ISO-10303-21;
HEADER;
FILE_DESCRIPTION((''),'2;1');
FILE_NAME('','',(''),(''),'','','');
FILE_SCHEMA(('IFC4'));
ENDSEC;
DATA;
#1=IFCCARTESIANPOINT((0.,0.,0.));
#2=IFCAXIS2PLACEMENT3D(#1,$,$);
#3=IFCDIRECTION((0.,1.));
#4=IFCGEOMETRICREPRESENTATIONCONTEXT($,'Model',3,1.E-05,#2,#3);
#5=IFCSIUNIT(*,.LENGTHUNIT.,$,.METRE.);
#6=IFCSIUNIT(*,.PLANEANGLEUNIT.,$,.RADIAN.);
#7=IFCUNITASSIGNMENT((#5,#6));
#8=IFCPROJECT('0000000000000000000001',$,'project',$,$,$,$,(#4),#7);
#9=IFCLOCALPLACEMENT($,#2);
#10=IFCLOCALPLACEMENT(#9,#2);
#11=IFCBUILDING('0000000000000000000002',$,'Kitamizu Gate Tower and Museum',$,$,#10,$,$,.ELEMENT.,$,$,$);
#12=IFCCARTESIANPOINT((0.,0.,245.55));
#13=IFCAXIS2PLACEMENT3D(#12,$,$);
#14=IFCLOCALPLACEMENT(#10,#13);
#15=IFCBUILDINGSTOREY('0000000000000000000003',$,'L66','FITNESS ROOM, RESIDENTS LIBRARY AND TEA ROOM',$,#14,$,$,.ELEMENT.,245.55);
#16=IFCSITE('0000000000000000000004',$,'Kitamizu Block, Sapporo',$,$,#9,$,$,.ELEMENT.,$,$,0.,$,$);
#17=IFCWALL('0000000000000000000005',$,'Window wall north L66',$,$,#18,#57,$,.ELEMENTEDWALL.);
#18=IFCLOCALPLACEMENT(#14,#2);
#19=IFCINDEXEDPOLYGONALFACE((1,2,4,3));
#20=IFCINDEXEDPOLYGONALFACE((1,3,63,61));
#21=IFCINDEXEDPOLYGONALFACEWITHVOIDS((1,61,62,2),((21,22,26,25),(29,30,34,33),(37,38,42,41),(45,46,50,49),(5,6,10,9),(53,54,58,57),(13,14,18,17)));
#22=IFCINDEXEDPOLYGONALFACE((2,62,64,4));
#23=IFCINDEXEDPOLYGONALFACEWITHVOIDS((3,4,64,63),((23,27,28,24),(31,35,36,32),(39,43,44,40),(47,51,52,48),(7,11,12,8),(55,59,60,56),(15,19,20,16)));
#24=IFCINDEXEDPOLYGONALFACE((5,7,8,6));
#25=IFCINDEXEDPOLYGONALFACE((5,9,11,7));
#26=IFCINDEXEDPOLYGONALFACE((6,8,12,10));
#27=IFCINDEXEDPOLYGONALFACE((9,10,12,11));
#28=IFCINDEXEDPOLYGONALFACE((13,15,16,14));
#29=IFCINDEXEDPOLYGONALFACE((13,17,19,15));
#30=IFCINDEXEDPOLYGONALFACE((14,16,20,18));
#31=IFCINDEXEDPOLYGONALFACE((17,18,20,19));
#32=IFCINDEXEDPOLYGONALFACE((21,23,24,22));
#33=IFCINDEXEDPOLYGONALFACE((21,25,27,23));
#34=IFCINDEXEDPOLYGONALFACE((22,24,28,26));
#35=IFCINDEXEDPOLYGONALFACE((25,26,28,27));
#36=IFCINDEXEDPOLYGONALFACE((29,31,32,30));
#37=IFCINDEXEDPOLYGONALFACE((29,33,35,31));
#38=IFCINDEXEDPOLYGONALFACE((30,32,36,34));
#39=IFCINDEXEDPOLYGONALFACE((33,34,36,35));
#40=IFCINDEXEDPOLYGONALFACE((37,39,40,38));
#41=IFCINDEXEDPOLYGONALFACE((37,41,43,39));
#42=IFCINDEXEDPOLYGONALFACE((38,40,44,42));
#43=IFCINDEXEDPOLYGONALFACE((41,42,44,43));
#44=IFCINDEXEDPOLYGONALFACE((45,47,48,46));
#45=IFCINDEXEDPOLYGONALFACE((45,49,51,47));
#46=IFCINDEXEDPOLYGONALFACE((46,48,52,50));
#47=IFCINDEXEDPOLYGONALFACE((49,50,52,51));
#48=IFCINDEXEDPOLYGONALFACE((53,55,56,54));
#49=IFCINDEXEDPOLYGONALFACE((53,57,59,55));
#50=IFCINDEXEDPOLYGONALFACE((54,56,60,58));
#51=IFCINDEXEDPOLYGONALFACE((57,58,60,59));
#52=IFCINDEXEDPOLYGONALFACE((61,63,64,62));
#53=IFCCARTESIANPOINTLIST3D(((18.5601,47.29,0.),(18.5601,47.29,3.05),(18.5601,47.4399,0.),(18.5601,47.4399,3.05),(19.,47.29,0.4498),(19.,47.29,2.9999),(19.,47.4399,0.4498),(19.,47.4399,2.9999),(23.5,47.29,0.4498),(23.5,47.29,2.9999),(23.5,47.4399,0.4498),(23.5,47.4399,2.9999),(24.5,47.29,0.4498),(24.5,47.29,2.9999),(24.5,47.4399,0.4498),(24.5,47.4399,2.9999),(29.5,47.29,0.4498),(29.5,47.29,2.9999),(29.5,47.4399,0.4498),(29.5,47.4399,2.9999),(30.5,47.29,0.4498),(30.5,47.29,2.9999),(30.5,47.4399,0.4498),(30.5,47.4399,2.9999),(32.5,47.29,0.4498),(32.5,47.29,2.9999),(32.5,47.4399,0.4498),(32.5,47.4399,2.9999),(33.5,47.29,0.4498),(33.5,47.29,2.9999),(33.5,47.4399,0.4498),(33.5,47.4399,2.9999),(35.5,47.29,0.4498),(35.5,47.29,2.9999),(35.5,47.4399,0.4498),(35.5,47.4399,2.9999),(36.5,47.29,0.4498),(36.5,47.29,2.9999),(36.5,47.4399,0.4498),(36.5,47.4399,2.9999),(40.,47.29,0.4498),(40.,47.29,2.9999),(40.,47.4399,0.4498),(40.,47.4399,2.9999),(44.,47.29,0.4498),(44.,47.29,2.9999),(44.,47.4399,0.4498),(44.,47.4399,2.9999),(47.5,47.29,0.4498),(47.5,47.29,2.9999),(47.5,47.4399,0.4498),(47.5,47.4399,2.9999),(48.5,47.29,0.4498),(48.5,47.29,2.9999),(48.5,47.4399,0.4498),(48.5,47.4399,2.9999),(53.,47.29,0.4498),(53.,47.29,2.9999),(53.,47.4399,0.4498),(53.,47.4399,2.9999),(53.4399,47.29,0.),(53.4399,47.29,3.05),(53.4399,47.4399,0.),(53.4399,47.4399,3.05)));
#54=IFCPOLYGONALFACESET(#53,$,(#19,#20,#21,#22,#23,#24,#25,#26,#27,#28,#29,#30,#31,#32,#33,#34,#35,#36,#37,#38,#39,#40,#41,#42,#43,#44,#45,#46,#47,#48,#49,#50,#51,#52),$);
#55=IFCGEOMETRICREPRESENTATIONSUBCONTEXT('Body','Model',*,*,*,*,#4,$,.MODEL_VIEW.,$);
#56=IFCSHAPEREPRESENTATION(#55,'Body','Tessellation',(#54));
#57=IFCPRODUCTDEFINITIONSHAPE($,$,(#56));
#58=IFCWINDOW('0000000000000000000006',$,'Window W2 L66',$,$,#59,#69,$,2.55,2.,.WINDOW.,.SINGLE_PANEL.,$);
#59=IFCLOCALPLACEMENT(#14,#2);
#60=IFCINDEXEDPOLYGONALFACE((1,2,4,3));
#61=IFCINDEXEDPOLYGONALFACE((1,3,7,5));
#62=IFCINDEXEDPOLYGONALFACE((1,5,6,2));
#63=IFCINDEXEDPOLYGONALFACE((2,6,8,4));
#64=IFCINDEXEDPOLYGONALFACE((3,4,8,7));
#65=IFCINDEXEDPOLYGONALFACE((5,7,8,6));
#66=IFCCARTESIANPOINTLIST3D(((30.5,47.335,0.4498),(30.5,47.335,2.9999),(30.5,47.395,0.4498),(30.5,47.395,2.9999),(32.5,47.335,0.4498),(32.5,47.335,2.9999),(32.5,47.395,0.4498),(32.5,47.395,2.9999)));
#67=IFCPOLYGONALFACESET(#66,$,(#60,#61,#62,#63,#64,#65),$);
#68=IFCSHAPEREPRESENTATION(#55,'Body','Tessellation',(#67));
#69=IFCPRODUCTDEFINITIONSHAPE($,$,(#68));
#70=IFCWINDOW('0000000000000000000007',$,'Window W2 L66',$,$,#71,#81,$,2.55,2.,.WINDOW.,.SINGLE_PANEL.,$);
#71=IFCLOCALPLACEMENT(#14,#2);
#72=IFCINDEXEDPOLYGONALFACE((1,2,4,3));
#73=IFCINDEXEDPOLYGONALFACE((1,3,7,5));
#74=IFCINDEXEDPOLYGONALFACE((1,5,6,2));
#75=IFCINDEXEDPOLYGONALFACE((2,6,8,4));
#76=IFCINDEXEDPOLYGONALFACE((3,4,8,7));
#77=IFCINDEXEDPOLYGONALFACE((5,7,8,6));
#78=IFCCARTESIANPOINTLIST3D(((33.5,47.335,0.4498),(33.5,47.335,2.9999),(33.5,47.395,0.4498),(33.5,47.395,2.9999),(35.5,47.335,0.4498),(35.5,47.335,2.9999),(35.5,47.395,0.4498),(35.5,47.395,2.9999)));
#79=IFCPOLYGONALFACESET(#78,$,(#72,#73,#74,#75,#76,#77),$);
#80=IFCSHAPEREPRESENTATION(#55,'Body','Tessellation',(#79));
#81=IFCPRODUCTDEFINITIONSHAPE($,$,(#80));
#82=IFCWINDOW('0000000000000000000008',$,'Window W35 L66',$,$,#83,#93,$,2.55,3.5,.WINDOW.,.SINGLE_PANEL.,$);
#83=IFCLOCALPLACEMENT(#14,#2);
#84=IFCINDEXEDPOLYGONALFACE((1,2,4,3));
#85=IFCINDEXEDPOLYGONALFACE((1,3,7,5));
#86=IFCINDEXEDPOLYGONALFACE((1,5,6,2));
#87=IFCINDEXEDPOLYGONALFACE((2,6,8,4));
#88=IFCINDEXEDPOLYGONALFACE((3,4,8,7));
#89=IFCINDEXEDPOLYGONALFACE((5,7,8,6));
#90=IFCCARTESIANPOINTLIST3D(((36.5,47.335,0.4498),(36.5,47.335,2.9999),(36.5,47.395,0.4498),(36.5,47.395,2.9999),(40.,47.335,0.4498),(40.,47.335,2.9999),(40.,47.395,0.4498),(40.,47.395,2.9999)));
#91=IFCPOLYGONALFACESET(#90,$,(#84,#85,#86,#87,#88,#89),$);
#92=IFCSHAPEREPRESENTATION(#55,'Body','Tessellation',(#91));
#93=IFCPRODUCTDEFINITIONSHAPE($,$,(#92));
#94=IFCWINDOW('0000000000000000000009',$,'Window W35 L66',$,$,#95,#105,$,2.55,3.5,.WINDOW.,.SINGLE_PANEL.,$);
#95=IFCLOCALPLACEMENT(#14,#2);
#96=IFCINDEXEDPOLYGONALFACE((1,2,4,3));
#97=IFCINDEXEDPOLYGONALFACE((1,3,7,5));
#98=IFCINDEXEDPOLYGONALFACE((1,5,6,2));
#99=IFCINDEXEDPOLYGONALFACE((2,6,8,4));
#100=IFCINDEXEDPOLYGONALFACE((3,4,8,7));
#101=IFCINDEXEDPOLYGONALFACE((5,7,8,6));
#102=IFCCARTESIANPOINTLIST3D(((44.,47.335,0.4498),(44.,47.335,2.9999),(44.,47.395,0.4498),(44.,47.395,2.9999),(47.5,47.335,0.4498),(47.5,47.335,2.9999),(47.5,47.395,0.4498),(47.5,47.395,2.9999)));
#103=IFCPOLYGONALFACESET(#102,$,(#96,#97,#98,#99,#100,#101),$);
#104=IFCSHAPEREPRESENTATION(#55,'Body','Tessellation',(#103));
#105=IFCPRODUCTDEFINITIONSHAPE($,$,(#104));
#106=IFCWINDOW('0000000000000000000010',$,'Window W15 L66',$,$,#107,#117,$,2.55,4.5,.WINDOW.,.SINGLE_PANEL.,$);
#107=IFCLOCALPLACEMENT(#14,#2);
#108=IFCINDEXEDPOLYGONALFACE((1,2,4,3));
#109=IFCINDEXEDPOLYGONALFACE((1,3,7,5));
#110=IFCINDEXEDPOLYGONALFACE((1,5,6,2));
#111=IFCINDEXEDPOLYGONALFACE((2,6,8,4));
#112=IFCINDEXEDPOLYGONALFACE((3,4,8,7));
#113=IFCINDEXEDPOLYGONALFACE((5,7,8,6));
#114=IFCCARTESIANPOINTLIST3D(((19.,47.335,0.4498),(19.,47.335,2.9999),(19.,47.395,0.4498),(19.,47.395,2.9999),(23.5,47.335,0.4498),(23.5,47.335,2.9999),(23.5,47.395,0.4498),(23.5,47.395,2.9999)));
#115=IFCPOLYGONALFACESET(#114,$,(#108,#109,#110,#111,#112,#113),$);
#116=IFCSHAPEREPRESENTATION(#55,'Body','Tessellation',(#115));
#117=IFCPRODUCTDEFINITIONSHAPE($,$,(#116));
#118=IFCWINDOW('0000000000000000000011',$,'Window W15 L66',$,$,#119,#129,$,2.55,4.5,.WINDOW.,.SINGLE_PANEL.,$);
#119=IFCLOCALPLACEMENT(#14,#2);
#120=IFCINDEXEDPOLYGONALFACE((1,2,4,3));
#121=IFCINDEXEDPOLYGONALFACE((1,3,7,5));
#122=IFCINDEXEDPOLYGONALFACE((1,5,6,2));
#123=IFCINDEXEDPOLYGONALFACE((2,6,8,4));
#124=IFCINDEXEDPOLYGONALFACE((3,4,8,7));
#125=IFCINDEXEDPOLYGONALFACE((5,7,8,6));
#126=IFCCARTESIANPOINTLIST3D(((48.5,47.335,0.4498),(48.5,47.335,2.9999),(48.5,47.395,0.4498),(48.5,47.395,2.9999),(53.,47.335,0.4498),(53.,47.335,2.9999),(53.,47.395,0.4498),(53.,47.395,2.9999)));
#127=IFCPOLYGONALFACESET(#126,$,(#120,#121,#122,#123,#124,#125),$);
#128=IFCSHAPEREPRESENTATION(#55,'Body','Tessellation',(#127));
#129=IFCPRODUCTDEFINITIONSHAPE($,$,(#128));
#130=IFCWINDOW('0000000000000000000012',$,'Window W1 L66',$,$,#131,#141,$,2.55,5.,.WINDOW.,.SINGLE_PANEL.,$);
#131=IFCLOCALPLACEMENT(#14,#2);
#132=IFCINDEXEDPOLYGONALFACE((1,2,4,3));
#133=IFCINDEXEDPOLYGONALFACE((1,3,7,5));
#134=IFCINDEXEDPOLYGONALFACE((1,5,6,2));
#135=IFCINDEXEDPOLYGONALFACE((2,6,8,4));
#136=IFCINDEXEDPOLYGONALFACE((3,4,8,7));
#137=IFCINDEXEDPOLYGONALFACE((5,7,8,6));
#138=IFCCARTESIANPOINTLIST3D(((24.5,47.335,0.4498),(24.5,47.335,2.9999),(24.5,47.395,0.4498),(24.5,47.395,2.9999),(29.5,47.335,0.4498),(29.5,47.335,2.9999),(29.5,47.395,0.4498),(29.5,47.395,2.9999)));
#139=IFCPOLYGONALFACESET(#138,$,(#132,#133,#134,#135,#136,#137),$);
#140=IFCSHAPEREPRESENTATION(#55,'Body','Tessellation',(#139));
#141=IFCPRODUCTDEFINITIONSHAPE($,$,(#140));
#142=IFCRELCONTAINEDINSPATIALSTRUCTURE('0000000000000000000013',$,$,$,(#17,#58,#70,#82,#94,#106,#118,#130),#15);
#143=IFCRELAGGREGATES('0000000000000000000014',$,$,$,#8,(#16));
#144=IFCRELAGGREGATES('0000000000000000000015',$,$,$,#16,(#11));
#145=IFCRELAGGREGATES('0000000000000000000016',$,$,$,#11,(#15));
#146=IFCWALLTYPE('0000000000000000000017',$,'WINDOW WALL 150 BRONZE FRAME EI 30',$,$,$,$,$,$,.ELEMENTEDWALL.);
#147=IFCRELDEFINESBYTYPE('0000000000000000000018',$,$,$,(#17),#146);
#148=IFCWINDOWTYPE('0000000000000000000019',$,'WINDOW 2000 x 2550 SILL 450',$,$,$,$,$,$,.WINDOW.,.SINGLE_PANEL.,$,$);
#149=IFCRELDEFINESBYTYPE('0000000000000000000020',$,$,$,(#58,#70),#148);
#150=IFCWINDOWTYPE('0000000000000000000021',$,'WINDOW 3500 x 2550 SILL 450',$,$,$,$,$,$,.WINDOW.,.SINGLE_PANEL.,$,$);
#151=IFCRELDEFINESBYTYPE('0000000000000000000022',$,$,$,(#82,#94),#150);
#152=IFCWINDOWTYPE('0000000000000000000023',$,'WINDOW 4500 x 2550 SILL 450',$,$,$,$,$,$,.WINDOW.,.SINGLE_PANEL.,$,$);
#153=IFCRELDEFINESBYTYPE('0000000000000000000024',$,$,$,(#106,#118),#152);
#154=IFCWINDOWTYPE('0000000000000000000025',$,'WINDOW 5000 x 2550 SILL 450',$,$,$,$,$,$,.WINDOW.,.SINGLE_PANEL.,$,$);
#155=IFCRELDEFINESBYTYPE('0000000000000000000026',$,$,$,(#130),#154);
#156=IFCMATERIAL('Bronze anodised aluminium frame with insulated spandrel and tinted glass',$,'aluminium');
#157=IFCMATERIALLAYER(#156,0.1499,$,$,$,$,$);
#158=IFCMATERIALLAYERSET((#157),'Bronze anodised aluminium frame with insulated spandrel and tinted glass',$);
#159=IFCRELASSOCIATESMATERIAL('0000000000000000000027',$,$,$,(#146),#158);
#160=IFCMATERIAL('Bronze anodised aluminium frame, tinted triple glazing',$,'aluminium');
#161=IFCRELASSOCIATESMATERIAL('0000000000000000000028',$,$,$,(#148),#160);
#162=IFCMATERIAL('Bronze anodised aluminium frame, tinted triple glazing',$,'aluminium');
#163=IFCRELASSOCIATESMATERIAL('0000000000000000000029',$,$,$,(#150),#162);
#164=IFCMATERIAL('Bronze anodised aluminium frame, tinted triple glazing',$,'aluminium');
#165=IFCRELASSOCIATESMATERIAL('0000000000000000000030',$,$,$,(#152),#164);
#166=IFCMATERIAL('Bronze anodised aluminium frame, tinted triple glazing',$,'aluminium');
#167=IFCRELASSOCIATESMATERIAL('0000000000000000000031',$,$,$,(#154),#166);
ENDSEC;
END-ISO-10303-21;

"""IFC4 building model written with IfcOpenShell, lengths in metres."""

from ifc_helpers import new_model, si_unit, direction, frame, frame_2d, origin, place, context, subcontext, project, spatial, rectangle, extrude, material, layer, layer_set, type_object, element, fill, save


model = new_model("IFC4")

# Units and contexts
model_context = context("Model", 3, precision=1e-05, world=origin(), true_north=direction((0.0, 1.0)))
body_context = subcontext(model_context, "Body", "Model", "MODEL_VIEW")
ifc_project = project(units=[si_unit("LENGTHUNIT", "METRE"), si_unit("PLANEANGLEUNIT", "RADIAN")], contexts=[model_context])

# Site, building, storey
site_placement = place(None, origin())
site = spatial("IfcSite", under=ifc_project, at=site_placement, Name="Kitamizu Block, Sapporo", CompositionType="ELEMENT", RefElevation=0.0)
building_placement = place(site_placement, origin())
building = spatial("IfcBuilding", under=site, at=building_placement, Name="Kitamizu Gate Tower and Museum", CompositionType="ELEMENT")
storey_placement = place(building_placement, frame((0.0, 0.0, 245.55)))
storey = spatial("IfcBuildingStorey", under=building, at=storey_placement, Name="L66", Description="FITNESS ROOM, RESIDENTS LIBRARY AND TEA ROOM", CompositionType="ELEMENT", Elevation=245.55)

# Wall, openings, windows
ifc_material_1 = material(Name="Bronze anodised aluminium frame with insulated spandrel and tinted glass", Category="aluminium")
ifc_layer_1 = layer(ifc_material_1, 0.1499)
ifc_layer_set_1 = layer_set([ifc_layer_1], Name="Bronze anodised aluminium frame with insulated spandrel and tinted glass")
wall_type_1 = type_object("IfcWallType", Name="WINDOW WALL 150 BRONZE FRAME EI 30", PredefinedType="ELEMENTEDWALL", material=ifc_layer_set_1)
wall_1_placement = place(storey_placement, frame((18.5601, 47.365, 0.0), z_axis=(0.0, 0.0, 1.0), x_axis=(1.0, 0.0, 0.0)))
wall_1 = element("IfcWall", 1, at=wall_1_placement, inside=storey, type_object=wall_type_1, Name="Window wall north L66", PredefinedType="ELEMENTEDWALL", context=body_context, shape_type="SweptSolid", body=[
    extrude(rectangle(XDim=34.8799, YDim=0.1499, at=frame_2d((17.4399, 0.0))), origin(), (0.0, 0.0, 1.0), 3.05),
])
opening_1_placement = place(wall_1_placement, frame((0.4399, 0.0, 0.45)))
opening_1 = element("IfcOpeningElement", 2, at=opening_1_placement, cuts=wall_1, PredefinedType="OPENING", context=body_context, shape_type="SweptSolid", body=[
    extrude(rectangle(XDim=4.5, YDim=2.55, at=frame_2d((2.25, 1.2749))), frame((0.0, 0.085, 0.0), z_axis=(0.0, -1.0, 0.0), x_axis=(1.0, 0.0, 0.0)), (0.0, 0.0, 1.0), 0.1699),
])
opening_2_placement = place(wall_1_placement, frame((5.9399, 0.0, 0.45)))
opening_2 = element("IfcOpeningElement", 3, at=opening_2_placement, cuts=wall_1, PredefinedType="OPENING", context=body_context, shape_type="SweptSolid", body=[
    extrude(rectangle(XDim=5.0, YDim=2.55, at=frame_2d((2.5, 1.2749))), frame((0.0, 0.085, 0.0), z_axis=(0.0, -1.0, 0.0), x_axis=(1.0, 0.0, 0.0)), (0.0, 0.0, 1.0), 0.1699),
])
opening_3_placement = place(wall_1_placement, frame((11.9399, 0.0, 0.45)))
opening_3 = element("IfcOpeningElement", 4, at=opening_3_placement, cuts=wall_1, PredefinedType="OPENING", context=body_context, shape_type="SweptSolid", body=[
    extrude(rectangle(XDim=2.0, YDim=2.55, at=frame_2d((1.0, 1.2749))), frame((0.0, 0.085, 0.0), z_axis=(0.0, -1.0, 0.0), x_axis=(1.0, 0.0, 0.0)), (0.0, 0.0, 1.0), 0.1699),
])
opening_4_placement = place(wall_1_placement, frame((14.9399, 0.0, 0.45)))
opening_4 = element("IfcOpeningElement", 5, at=opening_4_placement, cuts=wall_1, PredefinedType="OPENING", context=body_context, shape_type="SweptSolid", body=[
    extrude(rectangle(XDim=2.0, YDim=2.55, at=frame_2d((1.0, 1.2749))), frame((0.0, 0.085, 0.0), z_axis=(0.0, -1.0, 0.0), x_axis=(1.0, 0.0, 0.0)), (0.0, 0.0, 1.0), 0.1699),
])
opening_5_placement = place(wall_1_placement, frame((17.9399, 0.0, 0.45)))
opening_5 = element("IfcOpeningElement", 6, at=opening_5_placement, cuts=wall_1, PredefinedType="OPENING", context=body_context, shape_type="SweptSolid", body=[
    extrude(rectangle(XDim=3.5, YDim=2.55, at=frame_2d((1.75, 1.2749))), frame((0.0, 0.085, 0.0), z_axis=(0.0, -1.0, 0.0), x_axis=(1.0, 0.0, 0.0)), (0.0, 0.0, 1.0), 0.1699),
])
opening_6_placement = place(wall_1_placement, frame((25.4399, 0.0, 0.45)))
opening_6 = element("IfcOpeningElement", 7, at=opening_6_placement, cuts=wall_1, PredefinedType="OPENING", context=body_context, shape_type="SweptSolid", body=[
    extrude(rectangle(XDim=3.5, YDim=2.55, at=frame_2d((1.75, 1.2749))), frame((0.0, 0.085, 0.0), z_axis=(0.0, -1.0, 0.0), x_axis=(1.0, 0.0, 0.0)), (0.0, 0.0, 1.0), 0.1699),
])
opening_7_placement = place(wall_1_placement, frame((29.9399, 0.0, 0.45)))
opening_7 = element("IfcOpeningElement", 8, at=opening_7_placement, cuts=wall_1, PredefinedType="OPENING", context=body_context, shape_type="SweptSolid", body=[
    extrude(rectangle(XDim=4.5, YDim=2.55, at=frame_2d((2.25, 1.2749))), frame((0.0, 0.085, 0.0), z_axis=(0.0, -1.0, 0.0), x_axis=(1.0, 0.0, 0.0)), (0.0, 0.0, 1.0), 0.1699),
])
ifc_material_2 = material(Name="Bronze anodised aluminium frame, tinted triple glazing", Category="aluminium")
window_type_1 = type_object("IfcWindowType", Name="WINDOW 2000 x 2550 SILL 450", PartitioningType="SINGLE_PANEL", PredefinedType="WINDOW", material=ifc_material_2)
window_1_placement = place(opening_3_placement, origin())
window_1 = element("IfcWindow", 9, at=window_1_placement, inside=storey, type_object=window_type_1, Name="Window W2 L66", OverallHeight=2.55, OverallWidth=2.0, PartitioningType="SINGLE_PANEL", PredefinedType="WINDOW", context=body_context, shape_type="SweptSolid", body=[
    extrude(rectangle(XDim=2.0, YDim=2.55, at=frame_2d((1.0, 1.2749))), frame((0.0, 0.03, 0.0), z_axis=(0.0, -1.0, 0.0), x_axis=(1.0, 0.0, 0.0)), (0.0, 0.0, 1.0), 0.0601),
])
fill(opening_3, window_1)
window_2_placement = place(opening_4_placement, origin())
window_2 = element("IfcWindow", 10, at=window_2_placement, inside=storey, type_object=window_type_1, Name="Window W2 L66", OverallHeight=2.55, OverallWidth=2.0, PartitioningType="SINGLE_PANEL", PredefinedType="WINDOW", context=body_context, shape_type="SweptSolid", body=[
    extrude(rectangle(XDim=2.0, YDim=2.55, at=frame_2d((1.0, 1.2749))), frame((0.0, 0.03, 0.0), z_axis=(0.0, -1.0, 0.0), x_axis=(1.0, 0.0, 0.0)), (0.0, 0.0, 1.0), 0.0601),
])
fill(opening_4, window_2)
ifc_material_3 = material(Name="Bronze anodised aluminium frame, tinted triple glazing", Category="aluminium")
window_type_2 = type_object("IfcWindowType", Name="WINDOW 3500 x 2550 SILL 450", PartitioningType="SINGLE_PANEL", PredefinedType="WINDOW", material=ifc_material_3)
window_3_placement = place(opening_5_placement, origin())
window_3 = element("IfcWindow", 11, at=window_3_placement, inside=storey, type_object=window_type_2, Name="Window W35 L66", OverallHeight=2.55, OverallWidth=3.5, PartitioningType="SINGLE_PANEL", PredefinedType="WINDOW", context=body_context, shape_type="SweptSolid", body=[
    extrude(rectangle(XDim=3.5, YDim=2.55, at=frame_2d((1.75, 1.2749))), frame((0.0, 0.03, 0.0), z_axis=(0.0, -1.0, 0.0), x_axis=(1.0, 0.0, 0.0)), (0.0, 0.0, 1.0), 0.0601),
])
fill(opening_5, window_3)
window_4_placement = place(opening_6_placement, origin())
window_4 = element("IfcWindow", 12, at=window_4_placement, inside=storey, type_object=window_type_2, Name="Window W35 L66", OverallHeight=2.55, OverallWidth=3.5, PartitioningType="SINGLE_PANEL", PredefinedType="WINDOW", context=body_context, shape_type="SweptSolid", body=[
    extrude(rectangle(XDim=3.5, YDim=2.55, at=frame_2d((1.75, 1.2749))), frame((0.0, 0.03, 0.0), z_axis=(0.0, -1.0, 0.0), x_axis=(1.0, 0.0, 0.0)), (0.0, 0.0, 1.0), 0.0601),
])
fill(opening_6, window_4)
ifc_material_4 = material(Name="Bronze anodised aluminium frame, tinted triple glazing", Category="aluminium")
window_type_3 = type_object("IfcWindowType", Name="WINDOW 4500 x 2550 SILL 450", PartitioningType="SINGLE_PANEL", PredefinedType="WINDOW", material=ifc_material_4)
window_5_placement = place(opening_1_placement, origin())
window_5 = element("IfcWindow", 13, at=window_5_placement, inside=storey, type_object=window_type_3, Name="Window W15 L66", OverallHeight=2.55, OverallWidth=4.5, PartitioningType="SINGLE_PANEL", PredefinedType="WINDOW", context=body_context, shape_type="SweptSolid", body=[
    extrude(rectangle(XDim=4.5, YDim=2.55, at=frame_2d((2.25, 1.2749))), frame((0.0, 0.03, 0.0), z_axis=(0.0, -1.0, 0.0), x_axis=(1.0, 0.0, 0.0)), (0.0, 0.0, 1.0), 0.0601),
])
fill(opening_1, window_5)
window_6_placement = place(opening_7_placement, origin())
window_6 = element("IfcWindow", 14, at=window_6_placement, inside=storey, type_object=window_type_3, Name="Window W15 L66", OverallHeight=2.55, OverallWidth=4.5, PartitioningType="SINGLE_PANEL", PredefinedType="WINDOW", context=body_context, shape_type="SweptSolid", body=[
    extrude(rectangle(XDim=4.5, YDim=2.55, at=frame_2d((2.25, 1.2749))), frame((0.0, 0.03, 0.0), z_axis=(0.0, -1.0, 0.0), x_axis=(1.0, 0.0, 0.0)), (0.0, 0.0, 1.0), 0.0601),
])
fill(opening_7, window_6)
ifc_material_5 = material(Name="Bronze anodised aluminium frame, tinted triple glazing", Category="aluminium")
window_type_4 = type_object("IfcWindowType", Name="WINDOW 5000 x 2550 SILL 450", PartitioningType="SINGLE_PANEL", PredefinedType="WINDOW", material=ifc_material_5)
window_7_placement = place(opening_2_placement, origin())
window_7 = element("IfcWindow", 15, at=window_7_placement, inside=storey, type_object=window_type_4, Name="Window W1 L66", OverallHeight=2.55, OverallWidth=5.0, PartitioningType="SINGLE_PANEL", PredefinedType="WINDOW", context=body_context, shape_type="SweptSolid", body=[
    extrude(rectangle(XDim=5.0, YDim=2.55, at=frame_2d((2.5, 1.2749))), frame((0.0, 0.03, 0.0), z_axis=(0.0, -1.0, 0.0), x_axis=(1.0, 0.0, 0.0)), (0.0, 0.0, 1.0), 0.0601),
])
fill(opening_2, window_7)

save(model, "model.ifc")
